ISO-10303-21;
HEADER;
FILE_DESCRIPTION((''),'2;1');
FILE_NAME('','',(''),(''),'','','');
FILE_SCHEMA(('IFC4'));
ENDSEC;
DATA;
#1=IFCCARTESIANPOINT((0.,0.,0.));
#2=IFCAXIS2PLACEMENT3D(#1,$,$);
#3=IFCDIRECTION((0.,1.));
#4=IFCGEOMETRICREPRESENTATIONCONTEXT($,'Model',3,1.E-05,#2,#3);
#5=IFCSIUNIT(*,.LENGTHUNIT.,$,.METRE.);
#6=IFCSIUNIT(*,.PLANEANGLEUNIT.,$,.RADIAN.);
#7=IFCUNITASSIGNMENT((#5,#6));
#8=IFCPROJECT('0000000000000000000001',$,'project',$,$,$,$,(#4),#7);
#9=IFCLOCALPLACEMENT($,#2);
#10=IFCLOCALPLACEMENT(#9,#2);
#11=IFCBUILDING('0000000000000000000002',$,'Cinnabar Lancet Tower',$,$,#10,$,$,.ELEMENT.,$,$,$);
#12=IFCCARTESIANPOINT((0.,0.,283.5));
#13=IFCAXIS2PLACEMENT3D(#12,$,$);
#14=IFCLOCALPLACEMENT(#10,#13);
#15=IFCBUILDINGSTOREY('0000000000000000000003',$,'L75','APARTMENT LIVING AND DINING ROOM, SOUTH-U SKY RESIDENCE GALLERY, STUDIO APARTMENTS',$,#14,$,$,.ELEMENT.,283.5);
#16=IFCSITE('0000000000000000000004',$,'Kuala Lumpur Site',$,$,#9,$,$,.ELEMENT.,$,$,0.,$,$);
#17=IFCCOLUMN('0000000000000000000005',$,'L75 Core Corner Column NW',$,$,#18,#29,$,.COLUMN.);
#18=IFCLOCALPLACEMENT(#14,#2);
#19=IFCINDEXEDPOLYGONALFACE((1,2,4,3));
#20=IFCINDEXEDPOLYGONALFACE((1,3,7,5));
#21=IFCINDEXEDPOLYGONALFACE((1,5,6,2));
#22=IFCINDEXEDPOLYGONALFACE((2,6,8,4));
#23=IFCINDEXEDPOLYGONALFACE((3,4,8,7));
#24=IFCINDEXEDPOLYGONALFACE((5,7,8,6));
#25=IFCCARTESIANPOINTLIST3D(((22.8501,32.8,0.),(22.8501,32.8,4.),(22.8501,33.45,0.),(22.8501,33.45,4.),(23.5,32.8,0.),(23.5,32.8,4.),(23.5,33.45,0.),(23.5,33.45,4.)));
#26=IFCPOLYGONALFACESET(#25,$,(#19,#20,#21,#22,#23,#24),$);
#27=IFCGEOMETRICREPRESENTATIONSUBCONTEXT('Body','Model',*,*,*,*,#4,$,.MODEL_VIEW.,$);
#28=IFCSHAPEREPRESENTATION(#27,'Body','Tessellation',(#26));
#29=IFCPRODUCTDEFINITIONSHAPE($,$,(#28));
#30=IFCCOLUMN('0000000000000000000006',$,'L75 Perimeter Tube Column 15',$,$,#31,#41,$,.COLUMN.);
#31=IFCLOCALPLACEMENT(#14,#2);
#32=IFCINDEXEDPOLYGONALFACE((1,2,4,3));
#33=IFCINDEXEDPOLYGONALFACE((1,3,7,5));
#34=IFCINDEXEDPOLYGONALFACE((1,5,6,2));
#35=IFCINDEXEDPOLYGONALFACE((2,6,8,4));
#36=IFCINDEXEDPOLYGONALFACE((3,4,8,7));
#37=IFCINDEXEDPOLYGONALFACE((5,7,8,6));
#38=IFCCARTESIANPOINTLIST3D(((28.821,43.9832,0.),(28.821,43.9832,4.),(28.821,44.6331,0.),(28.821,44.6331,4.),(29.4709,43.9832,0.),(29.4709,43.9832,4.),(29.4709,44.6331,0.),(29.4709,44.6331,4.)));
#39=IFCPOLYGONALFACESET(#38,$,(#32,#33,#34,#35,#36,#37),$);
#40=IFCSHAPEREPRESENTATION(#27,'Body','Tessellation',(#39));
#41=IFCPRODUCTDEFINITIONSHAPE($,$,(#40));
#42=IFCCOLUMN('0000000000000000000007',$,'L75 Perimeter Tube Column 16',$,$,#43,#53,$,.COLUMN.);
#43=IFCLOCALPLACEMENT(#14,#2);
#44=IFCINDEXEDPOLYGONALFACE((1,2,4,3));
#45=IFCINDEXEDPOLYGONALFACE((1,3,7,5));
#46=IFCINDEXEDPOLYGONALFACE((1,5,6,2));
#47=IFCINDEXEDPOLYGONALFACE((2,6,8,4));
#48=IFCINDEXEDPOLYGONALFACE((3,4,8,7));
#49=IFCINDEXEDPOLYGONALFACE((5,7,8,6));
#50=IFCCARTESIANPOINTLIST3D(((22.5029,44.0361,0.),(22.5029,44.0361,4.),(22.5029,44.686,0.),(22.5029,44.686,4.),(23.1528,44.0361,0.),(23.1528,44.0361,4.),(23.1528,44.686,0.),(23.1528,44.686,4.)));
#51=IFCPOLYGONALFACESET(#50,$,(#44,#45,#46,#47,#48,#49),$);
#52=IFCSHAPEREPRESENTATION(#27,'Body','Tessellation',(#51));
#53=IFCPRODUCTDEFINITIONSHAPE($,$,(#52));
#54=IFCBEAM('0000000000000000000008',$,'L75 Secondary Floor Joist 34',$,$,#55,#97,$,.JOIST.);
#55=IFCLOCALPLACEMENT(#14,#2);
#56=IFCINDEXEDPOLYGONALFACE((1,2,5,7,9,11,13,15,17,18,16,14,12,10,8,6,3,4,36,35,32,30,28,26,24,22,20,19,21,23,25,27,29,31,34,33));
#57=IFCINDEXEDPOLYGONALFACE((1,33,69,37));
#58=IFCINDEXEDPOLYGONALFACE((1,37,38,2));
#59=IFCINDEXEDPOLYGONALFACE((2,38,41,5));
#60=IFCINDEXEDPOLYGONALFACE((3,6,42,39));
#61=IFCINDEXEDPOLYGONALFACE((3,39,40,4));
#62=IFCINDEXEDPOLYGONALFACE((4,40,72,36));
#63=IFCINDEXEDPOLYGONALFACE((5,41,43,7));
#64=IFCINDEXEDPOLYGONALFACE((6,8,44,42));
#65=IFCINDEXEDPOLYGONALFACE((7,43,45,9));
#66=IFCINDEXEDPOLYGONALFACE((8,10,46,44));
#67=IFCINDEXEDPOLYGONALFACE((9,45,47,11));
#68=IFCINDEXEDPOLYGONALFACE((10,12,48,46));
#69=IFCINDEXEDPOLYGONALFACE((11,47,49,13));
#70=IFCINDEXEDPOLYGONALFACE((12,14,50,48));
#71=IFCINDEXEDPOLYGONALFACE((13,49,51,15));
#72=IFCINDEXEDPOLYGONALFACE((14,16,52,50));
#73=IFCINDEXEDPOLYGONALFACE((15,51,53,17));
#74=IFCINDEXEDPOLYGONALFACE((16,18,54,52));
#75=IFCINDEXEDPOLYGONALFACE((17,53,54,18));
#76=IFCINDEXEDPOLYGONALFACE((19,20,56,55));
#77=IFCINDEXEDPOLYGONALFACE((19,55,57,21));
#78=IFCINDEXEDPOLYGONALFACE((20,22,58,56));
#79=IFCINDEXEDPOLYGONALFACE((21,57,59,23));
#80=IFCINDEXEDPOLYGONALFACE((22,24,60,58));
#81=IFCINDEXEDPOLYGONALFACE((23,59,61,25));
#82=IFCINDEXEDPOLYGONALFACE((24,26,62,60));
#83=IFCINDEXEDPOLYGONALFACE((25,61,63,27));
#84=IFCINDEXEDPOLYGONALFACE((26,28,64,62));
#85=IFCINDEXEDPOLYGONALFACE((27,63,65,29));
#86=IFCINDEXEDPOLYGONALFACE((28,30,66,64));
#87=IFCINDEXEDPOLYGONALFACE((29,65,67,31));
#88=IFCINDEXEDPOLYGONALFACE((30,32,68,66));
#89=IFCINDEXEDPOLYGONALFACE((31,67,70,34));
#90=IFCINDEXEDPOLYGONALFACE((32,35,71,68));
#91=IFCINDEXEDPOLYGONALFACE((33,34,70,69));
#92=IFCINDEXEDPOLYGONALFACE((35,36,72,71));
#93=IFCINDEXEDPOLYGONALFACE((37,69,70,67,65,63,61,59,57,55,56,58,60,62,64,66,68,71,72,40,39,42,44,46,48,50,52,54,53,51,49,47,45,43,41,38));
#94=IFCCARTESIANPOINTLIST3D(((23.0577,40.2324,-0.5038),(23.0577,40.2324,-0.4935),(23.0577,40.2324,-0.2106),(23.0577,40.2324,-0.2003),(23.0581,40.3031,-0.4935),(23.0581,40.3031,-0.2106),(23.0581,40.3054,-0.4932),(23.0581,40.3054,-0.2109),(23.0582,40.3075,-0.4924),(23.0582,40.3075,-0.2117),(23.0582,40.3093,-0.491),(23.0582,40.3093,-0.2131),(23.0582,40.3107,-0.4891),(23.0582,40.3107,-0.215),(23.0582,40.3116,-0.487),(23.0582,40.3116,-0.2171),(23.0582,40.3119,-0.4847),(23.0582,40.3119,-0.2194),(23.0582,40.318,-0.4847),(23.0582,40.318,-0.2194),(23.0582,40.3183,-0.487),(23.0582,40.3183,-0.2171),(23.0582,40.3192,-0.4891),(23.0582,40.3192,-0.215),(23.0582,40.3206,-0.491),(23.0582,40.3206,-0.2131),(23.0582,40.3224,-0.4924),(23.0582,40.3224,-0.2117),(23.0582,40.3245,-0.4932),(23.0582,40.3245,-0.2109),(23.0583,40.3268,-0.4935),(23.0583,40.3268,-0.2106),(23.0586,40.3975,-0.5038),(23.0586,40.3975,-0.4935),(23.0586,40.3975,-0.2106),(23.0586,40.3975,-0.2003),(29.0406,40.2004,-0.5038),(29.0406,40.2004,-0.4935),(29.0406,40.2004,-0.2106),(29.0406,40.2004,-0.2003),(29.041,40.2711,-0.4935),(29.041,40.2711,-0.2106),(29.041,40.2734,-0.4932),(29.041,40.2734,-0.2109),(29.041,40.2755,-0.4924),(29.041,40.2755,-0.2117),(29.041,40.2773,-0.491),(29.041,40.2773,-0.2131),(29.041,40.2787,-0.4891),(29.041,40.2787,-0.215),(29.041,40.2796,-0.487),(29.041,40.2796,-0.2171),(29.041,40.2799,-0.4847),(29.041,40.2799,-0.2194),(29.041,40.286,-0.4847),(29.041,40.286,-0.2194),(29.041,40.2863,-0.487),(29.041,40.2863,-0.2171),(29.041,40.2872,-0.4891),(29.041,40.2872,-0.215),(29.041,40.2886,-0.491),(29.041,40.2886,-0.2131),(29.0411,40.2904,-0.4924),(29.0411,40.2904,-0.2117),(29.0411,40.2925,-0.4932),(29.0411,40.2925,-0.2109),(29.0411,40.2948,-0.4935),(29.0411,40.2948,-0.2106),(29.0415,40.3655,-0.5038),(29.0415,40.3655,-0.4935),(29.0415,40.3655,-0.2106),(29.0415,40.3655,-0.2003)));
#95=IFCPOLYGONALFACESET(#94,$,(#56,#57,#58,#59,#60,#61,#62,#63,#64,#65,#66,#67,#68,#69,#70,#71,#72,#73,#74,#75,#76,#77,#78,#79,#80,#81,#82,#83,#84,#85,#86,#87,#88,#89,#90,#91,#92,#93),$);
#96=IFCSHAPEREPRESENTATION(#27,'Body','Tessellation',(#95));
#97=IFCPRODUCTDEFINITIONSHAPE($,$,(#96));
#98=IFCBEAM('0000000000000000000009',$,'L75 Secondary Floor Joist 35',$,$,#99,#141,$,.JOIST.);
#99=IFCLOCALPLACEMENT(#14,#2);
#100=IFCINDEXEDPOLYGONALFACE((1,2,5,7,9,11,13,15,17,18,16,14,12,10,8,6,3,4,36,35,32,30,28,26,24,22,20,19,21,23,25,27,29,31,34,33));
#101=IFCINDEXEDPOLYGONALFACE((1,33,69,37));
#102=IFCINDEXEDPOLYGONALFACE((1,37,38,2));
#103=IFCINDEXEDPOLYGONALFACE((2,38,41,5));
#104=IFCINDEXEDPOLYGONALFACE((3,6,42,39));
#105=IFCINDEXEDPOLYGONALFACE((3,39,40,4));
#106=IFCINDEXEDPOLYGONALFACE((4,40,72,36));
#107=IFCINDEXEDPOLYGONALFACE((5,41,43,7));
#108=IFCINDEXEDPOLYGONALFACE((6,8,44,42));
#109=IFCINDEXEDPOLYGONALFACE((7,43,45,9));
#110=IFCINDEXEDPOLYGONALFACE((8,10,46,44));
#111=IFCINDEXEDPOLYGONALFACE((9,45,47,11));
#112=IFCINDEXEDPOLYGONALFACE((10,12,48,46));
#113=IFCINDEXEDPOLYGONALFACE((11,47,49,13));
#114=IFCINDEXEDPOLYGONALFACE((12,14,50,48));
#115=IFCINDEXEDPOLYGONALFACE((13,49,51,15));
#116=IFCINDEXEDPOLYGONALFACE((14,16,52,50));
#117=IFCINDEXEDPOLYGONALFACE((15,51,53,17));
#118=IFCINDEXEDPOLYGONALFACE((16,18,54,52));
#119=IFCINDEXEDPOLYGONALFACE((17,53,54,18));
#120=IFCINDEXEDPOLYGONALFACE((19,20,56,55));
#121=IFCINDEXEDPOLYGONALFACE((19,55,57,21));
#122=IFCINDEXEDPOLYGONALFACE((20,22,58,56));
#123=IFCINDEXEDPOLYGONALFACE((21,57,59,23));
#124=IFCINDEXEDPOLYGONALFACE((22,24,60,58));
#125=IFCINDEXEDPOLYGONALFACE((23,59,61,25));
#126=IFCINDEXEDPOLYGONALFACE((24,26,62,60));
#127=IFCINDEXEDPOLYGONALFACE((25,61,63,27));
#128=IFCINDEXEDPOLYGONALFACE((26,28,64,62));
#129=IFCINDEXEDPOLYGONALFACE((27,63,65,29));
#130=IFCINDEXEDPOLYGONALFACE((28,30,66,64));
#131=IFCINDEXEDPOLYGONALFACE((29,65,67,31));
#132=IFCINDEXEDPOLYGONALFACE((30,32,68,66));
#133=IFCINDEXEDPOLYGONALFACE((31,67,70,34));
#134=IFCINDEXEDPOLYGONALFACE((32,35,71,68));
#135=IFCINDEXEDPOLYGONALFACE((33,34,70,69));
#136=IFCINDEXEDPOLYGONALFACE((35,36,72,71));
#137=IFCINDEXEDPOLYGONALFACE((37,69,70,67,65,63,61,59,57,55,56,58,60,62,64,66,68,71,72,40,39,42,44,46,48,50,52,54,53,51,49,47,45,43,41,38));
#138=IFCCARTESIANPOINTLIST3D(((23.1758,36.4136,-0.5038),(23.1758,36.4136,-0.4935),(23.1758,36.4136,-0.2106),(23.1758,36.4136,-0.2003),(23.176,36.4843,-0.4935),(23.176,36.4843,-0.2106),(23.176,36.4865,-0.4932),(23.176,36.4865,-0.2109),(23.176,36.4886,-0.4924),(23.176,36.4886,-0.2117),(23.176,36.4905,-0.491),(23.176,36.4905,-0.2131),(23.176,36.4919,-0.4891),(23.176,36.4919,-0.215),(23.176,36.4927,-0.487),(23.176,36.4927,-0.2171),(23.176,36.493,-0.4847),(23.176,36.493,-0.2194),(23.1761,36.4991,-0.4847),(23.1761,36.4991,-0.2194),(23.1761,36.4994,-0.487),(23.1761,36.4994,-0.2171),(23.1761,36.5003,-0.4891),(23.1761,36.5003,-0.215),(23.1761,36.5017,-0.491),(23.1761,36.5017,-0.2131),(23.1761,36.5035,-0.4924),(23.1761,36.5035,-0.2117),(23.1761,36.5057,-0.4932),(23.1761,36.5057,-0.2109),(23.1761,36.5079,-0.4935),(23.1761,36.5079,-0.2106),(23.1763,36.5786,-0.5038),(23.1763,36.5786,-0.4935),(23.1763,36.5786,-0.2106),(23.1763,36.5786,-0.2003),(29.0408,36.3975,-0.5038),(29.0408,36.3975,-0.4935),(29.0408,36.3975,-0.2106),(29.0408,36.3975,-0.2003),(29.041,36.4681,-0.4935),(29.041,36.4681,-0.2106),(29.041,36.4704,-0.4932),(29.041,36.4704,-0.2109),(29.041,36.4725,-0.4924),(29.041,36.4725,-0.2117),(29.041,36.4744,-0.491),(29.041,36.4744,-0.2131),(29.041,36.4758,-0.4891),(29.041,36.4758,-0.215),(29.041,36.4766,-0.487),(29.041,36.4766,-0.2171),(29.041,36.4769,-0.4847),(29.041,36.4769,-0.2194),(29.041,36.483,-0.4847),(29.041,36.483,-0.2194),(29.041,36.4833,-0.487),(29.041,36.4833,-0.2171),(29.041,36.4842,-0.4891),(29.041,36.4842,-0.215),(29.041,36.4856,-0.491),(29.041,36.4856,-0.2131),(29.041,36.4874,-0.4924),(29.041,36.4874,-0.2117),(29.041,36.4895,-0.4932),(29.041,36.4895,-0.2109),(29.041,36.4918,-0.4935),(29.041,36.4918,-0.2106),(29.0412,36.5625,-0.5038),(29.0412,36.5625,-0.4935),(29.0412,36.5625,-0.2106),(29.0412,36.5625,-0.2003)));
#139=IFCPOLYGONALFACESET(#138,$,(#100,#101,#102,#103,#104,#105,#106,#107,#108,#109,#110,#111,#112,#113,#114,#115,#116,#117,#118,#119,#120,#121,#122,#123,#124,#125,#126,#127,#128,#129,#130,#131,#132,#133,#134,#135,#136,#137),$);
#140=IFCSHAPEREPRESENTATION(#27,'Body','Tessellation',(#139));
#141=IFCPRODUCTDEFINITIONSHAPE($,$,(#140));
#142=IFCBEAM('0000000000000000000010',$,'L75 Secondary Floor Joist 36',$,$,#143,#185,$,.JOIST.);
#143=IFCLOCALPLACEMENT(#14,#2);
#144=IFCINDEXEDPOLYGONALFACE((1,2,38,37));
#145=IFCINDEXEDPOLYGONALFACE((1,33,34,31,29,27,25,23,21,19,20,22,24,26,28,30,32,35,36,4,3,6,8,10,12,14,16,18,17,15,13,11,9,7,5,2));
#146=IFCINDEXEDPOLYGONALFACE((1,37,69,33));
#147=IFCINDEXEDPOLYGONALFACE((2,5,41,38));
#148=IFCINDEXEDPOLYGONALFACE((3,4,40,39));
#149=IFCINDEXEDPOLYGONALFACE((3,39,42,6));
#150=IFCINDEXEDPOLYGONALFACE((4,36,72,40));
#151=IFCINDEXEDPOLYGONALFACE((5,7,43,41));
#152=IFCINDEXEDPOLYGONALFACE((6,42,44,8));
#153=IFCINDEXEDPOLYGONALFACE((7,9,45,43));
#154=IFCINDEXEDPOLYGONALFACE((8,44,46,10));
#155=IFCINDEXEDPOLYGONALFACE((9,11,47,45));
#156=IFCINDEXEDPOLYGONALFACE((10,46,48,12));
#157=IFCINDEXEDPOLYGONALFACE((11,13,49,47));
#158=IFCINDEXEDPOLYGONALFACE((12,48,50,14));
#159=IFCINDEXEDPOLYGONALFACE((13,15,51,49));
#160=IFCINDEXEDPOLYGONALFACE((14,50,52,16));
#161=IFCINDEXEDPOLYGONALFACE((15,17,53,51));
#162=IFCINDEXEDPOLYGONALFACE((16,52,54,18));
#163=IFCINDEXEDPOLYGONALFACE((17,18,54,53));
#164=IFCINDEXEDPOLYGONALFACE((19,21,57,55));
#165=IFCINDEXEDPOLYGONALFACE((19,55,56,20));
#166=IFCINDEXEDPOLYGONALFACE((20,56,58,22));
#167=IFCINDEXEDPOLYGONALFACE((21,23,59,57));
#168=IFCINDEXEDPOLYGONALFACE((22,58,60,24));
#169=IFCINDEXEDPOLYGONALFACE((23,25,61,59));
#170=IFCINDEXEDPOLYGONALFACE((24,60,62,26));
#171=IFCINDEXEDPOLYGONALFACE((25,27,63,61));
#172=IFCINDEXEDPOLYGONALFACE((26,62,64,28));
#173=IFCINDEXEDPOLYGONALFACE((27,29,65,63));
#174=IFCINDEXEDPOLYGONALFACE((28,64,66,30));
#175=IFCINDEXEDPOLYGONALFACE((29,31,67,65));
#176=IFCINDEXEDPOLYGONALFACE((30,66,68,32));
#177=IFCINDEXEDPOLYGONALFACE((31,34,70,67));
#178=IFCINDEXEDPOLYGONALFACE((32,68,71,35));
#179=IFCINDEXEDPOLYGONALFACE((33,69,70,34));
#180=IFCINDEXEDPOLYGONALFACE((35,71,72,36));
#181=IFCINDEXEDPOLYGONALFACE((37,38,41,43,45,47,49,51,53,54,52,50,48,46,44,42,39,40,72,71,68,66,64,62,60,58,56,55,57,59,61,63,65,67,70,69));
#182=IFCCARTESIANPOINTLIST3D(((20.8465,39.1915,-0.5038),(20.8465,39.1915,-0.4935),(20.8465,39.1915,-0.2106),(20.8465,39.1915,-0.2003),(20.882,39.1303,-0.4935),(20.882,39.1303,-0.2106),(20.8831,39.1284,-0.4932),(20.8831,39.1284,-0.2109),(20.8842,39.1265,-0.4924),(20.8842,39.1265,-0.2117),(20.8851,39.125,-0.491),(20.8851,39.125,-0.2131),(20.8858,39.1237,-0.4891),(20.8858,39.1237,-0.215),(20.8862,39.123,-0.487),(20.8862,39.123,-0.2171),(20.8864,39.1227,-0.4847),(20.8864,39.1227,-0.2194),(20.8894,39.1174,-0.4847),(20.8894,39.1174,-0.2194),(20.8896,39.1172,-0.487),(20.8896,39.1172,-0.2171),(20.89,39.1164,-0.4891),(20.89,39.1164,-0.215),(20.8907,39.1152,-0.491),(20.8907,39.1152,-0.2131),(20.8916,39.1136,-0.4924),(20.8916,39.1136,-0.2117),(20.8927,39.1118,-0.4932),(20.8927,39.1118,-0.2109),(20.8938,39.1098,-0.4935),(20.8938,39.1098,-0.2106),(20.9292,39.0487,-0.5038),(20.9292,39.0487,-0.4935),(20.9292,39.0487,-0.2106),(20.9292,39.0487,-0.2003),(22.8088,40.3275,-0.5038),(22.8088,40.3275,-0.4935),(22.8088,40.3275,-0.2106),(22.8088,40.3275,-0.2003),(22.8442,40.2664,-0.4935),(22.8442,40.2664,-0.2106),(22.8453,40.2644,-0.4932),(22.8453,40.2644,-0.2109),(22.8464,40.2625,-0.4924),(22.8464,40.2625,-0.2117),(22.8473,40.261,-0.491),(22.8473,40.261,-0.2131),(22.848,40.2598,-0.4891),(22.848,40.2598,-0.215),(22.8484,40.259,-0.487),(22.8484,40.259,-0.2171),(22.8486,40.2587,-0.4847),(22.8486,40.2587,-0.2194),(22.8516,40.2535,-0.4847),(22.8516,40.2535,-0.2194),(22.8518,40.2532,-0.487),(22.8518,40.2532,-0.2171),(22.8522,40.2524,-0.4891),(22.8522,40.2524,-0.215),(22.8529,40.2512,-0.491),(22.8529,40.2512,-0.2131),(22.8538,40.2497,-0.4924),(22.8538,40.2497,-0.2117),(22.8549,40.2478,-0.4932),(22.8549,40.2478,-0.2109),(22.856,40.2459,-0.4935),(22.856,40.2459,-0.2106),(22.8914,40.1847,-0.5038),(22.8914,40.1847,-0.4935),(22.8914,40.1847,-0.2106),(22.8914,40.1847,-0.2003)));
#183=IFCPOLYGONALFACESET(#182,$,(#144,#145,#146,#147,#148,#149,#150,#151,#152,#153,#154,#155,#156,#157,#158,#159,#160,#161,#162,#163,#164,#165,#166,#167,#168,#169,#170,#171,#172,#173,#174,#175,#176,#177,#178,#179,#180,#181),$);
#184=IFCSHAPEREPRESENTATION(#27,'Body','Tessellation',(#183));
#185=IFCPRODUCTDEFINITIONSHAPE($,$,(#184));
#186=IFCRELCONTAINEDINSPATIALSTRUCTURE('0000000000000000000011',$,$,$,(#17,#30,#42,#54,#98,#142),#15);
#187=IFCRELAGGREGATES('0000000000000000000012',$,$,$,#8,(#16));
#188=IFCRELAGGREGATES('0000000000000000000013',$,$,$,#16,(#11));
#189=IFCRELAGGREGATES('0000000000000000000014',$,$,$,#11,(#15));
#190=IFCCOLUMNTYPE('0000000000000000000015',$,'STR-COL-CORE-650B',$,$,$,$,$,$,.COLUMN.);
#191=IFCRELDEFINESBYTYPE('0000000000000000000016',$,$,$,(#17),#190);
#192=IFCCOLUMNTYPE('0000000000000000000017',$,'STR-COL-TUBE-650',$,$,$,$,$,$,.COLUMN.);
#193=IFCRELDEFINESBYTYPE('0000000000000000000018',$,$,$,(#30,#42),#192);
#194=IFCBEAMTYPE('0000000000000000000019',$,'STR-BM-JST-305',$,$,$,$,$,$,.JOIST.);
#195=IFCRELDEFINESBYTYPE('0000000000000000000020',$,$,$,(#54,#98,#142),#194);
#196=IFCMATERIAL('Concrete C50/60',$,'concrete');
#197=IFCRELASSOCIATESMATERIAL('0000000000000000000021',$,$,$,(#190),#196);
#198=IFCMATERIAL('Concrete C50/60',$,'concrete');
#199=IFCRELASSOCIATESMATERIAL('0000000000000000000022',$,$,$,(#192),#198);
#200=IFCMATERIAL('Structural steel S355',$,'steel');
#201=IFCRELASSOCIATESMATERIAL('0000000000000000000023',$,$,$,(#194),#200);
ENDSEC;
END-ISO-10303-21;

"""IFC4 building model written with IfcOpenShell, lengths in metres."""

from ifc_helpers import new_model, si_unit, direction, frame, origin, origin_2d, place, context, subcontext, project, spatial, rectangle, i_section, extrude, material, material_profile, profile_set, type_object, element, save


model = new_model("IFC4")

# Units and contexts
model_context = context("Model", 3, precision=1e-05, world=origin(), true_north=direction((0.0, 1.0)))
body_context = subcontext(model_context, "Body", "Model", "MODEL_VIEW")
ifc_project = project(units=[si_unit("LENGTHUNIT", "METRE"), si_unit("PLANEANGLEUNIT", "RADIAN")], contexts=[model_context])

# Site, building, storey
site_placement = place(None, origin())
site = spatial("IfcSite", under=ifc_project, at=site_placement, Name="Kuala Lumpur Site", CompositionType="ELEMENT", RefElevation=0.0)
building_placement = place(site_placement, origin())
building = spatial("IfcBuilding", under=site, at=building_placement, Name="Cinnabar Lancet Tower", CompositionType="ELEMENT")
storey_placement = place(building_placement, frame((0.0, 0.0, 283.5)))
storey = spatial("IfcBuildingStorey", under=building, at=storey_placement, Name="L75", Description="APARTMENT LIVING AND DINING ROOM, SOUTH-U SKY RESIDENCE GALLERY, STUDIO APARTMENTS", CompositionType="ELEMENT", Elevation=283.5)

# Columns
ifc_material_1 = material(Name="Concrete C50/60", Category="concrete")
ifc_material_profile_1 = material_profile(ifc_material_1, rectangle(XDim=0.6499, YDim=0.6499, at=origin_2d()), Name="RC-COL 650x650")
ifc_profile_set_1 = profile_set([ifc_material_profile_1], Name="Concrete C50/60")
column_type_1 = type_object("IfcColumnType", Name="STR-COL-CORE-650B", PredefinedType="COLUMN", material=ifc_profile_set_1)
column_placement = place(storey_placement, frame((23.175, 33.125, 0.0), z_axis=(0.0, 0.0, 1.0), x_axis=(1.0, 0.0, 0.0)))
element("IfcColumn", 1, at=column_placement, inside=storey, type_object=column_type_1, Name="L75 Core Corner Column NW", PredefinedType="COLUMN", context=body_context, shape_type="SweptSolid", body=[
    extrude(rectangle(XDim=0.6499, YDim=0.6499, at=origin_2d()), origin(), (0.0, 0.0, 1.0), 4.0),
])
ifc_material_2 = material(Name="Concrete C50/60", Category="concrete")
ifc_material_profile_2 = material_profile(ifc_material_2, rectangle(XDim=0.6499, YDim=0.6499, at=origin_2d()), Name="RC-COL 650x650")
ifc_profile_set_2 = profile_set([ifc_material_profile_2], Name="Concrete C50/60")
column_type_2 = type_object("IfcColumnType", Name="STR-COL-TUBE-650", PredefinedType="COLUMN", material=ifc_profile_set_2)
for number, where, z_axis, x_axis, name in (
    (2, (29.146, 44.3081, 0.0), (0.0, 0.0, 1.0), (1.0, 0.0, 0.0), "L75 Perimeter Tube Column 15"),
    (3, (22.8279, 44.3611, 0.0), (0.0, 0.0, 1.0), (1.0, 0.0, 0.0), "L75 Perimeter Tube Column 16"),
):
    element("IfcColumn", number, at=place(storey_placement, frame(where, z_axis=z_axis, x_axis=x_axis)), inside=storey, type_object=column_type_2, Name=name, PredefinedType="COLUMN", context=body_context, shape_type="SweptSolid", body=[
        extrude(rectangle(XDim=0.6499, YDim=0.6499, at=origin_2d()), origin(), (0.0, 0.0, 1.0), 4.0),
    ])

# Beams
ifc_material_3 = material(Name="Structural steel S355", Category="steel")
ifc_material_profile_3 = material_profile(ifc_material_3, i_section(OverallWidth=0.165, OverallDepth=0.3035, WebThickness=0.0061, FlangeThickness=0.0103, FilletRadius=0.0088, at=origin_2d()), Name="UKB 305x165x40")
ifc_profile_set_3 = profile_set([ifc_material_profile_3], Name="Structural steel S355")
beam_type_1 = type_object("IfcBeamType", Name="STR-BM-JST-305", PredefinedType="JOIST", material=ifc_profile_set_3)
beam_1_placement = place(storey_placement, frame((29.041, 40.283, -0.3521), z_axis=(-0.999986, 0.005346, 0.0), x_axis=(-0.005346, -0.999986, 0.0)))
element("IfcBeam", 4, at=beam_1_placement, inside=storey, type_object=beam_type_1, Name="L75 Secondary Floor Joist 34", PredefinedType="JOIST", context=body_context, shape_type="SweptSolid", body=[
    extrude(i_section(OverallWidth=0.165, OverallDepth=0.3035, WebThickness=0.0061, FlangeThickness=0.0103, FilletRadius=0.0088, at=origin_2d()), origin(), (0.0, 0.0, 1.0), 5.9829),
])
beam_2_placement = place(storey_placement, frame((29.041, 36.48, -0.3521), z_axis=(-0.999996, 0.002747, 0.0), x_axis=(-0.002747, -0.999996, 0.0)))
element("IfcBeam", 5, at=beam_2_placement, inside=storey, type_object=beam_type_1, Name="L75 Secondary Floor Joist 35", PredefinedType="JOIST", context=body_context, shape_type="SweptSolid", body=[
    extrude(i_section(OverallWidth=0.165, OverallDepth=0.3035, WebThickness=0.0061, FlangeThickness=0.0103, FilletRadius=0.0088, at=origin_2d()), origin(), (0.0, 0.0, 1.0), 5.865),
])
beam_3_placement = place(storey_placement, frame((22.8501, 40.2561, -0.3521), z_axis=(-0.865426, -0.501036, 0.0), x_axis=(0.501036, -0.865426, 0.0)))
element("IfcBeam", 6, at=beam_3_placement, inside=storey, type_object=beam_type_1, Name="L75 Secondary Floor Joist 36", PredefinedType="JOIST", context=body_context, shape_type="SweptSolid", body=[
    extrude(i_section(OverallWidth=0.165, OverallDepth=0.3035, WebThickness=0.0061, FlangeThickness=0.0103, FilletRadius=0.0088, at=origin_2d()), origin(), (0.0, 0.0, 1.0), 2.2673),
])

save(model, "model.ifc")
